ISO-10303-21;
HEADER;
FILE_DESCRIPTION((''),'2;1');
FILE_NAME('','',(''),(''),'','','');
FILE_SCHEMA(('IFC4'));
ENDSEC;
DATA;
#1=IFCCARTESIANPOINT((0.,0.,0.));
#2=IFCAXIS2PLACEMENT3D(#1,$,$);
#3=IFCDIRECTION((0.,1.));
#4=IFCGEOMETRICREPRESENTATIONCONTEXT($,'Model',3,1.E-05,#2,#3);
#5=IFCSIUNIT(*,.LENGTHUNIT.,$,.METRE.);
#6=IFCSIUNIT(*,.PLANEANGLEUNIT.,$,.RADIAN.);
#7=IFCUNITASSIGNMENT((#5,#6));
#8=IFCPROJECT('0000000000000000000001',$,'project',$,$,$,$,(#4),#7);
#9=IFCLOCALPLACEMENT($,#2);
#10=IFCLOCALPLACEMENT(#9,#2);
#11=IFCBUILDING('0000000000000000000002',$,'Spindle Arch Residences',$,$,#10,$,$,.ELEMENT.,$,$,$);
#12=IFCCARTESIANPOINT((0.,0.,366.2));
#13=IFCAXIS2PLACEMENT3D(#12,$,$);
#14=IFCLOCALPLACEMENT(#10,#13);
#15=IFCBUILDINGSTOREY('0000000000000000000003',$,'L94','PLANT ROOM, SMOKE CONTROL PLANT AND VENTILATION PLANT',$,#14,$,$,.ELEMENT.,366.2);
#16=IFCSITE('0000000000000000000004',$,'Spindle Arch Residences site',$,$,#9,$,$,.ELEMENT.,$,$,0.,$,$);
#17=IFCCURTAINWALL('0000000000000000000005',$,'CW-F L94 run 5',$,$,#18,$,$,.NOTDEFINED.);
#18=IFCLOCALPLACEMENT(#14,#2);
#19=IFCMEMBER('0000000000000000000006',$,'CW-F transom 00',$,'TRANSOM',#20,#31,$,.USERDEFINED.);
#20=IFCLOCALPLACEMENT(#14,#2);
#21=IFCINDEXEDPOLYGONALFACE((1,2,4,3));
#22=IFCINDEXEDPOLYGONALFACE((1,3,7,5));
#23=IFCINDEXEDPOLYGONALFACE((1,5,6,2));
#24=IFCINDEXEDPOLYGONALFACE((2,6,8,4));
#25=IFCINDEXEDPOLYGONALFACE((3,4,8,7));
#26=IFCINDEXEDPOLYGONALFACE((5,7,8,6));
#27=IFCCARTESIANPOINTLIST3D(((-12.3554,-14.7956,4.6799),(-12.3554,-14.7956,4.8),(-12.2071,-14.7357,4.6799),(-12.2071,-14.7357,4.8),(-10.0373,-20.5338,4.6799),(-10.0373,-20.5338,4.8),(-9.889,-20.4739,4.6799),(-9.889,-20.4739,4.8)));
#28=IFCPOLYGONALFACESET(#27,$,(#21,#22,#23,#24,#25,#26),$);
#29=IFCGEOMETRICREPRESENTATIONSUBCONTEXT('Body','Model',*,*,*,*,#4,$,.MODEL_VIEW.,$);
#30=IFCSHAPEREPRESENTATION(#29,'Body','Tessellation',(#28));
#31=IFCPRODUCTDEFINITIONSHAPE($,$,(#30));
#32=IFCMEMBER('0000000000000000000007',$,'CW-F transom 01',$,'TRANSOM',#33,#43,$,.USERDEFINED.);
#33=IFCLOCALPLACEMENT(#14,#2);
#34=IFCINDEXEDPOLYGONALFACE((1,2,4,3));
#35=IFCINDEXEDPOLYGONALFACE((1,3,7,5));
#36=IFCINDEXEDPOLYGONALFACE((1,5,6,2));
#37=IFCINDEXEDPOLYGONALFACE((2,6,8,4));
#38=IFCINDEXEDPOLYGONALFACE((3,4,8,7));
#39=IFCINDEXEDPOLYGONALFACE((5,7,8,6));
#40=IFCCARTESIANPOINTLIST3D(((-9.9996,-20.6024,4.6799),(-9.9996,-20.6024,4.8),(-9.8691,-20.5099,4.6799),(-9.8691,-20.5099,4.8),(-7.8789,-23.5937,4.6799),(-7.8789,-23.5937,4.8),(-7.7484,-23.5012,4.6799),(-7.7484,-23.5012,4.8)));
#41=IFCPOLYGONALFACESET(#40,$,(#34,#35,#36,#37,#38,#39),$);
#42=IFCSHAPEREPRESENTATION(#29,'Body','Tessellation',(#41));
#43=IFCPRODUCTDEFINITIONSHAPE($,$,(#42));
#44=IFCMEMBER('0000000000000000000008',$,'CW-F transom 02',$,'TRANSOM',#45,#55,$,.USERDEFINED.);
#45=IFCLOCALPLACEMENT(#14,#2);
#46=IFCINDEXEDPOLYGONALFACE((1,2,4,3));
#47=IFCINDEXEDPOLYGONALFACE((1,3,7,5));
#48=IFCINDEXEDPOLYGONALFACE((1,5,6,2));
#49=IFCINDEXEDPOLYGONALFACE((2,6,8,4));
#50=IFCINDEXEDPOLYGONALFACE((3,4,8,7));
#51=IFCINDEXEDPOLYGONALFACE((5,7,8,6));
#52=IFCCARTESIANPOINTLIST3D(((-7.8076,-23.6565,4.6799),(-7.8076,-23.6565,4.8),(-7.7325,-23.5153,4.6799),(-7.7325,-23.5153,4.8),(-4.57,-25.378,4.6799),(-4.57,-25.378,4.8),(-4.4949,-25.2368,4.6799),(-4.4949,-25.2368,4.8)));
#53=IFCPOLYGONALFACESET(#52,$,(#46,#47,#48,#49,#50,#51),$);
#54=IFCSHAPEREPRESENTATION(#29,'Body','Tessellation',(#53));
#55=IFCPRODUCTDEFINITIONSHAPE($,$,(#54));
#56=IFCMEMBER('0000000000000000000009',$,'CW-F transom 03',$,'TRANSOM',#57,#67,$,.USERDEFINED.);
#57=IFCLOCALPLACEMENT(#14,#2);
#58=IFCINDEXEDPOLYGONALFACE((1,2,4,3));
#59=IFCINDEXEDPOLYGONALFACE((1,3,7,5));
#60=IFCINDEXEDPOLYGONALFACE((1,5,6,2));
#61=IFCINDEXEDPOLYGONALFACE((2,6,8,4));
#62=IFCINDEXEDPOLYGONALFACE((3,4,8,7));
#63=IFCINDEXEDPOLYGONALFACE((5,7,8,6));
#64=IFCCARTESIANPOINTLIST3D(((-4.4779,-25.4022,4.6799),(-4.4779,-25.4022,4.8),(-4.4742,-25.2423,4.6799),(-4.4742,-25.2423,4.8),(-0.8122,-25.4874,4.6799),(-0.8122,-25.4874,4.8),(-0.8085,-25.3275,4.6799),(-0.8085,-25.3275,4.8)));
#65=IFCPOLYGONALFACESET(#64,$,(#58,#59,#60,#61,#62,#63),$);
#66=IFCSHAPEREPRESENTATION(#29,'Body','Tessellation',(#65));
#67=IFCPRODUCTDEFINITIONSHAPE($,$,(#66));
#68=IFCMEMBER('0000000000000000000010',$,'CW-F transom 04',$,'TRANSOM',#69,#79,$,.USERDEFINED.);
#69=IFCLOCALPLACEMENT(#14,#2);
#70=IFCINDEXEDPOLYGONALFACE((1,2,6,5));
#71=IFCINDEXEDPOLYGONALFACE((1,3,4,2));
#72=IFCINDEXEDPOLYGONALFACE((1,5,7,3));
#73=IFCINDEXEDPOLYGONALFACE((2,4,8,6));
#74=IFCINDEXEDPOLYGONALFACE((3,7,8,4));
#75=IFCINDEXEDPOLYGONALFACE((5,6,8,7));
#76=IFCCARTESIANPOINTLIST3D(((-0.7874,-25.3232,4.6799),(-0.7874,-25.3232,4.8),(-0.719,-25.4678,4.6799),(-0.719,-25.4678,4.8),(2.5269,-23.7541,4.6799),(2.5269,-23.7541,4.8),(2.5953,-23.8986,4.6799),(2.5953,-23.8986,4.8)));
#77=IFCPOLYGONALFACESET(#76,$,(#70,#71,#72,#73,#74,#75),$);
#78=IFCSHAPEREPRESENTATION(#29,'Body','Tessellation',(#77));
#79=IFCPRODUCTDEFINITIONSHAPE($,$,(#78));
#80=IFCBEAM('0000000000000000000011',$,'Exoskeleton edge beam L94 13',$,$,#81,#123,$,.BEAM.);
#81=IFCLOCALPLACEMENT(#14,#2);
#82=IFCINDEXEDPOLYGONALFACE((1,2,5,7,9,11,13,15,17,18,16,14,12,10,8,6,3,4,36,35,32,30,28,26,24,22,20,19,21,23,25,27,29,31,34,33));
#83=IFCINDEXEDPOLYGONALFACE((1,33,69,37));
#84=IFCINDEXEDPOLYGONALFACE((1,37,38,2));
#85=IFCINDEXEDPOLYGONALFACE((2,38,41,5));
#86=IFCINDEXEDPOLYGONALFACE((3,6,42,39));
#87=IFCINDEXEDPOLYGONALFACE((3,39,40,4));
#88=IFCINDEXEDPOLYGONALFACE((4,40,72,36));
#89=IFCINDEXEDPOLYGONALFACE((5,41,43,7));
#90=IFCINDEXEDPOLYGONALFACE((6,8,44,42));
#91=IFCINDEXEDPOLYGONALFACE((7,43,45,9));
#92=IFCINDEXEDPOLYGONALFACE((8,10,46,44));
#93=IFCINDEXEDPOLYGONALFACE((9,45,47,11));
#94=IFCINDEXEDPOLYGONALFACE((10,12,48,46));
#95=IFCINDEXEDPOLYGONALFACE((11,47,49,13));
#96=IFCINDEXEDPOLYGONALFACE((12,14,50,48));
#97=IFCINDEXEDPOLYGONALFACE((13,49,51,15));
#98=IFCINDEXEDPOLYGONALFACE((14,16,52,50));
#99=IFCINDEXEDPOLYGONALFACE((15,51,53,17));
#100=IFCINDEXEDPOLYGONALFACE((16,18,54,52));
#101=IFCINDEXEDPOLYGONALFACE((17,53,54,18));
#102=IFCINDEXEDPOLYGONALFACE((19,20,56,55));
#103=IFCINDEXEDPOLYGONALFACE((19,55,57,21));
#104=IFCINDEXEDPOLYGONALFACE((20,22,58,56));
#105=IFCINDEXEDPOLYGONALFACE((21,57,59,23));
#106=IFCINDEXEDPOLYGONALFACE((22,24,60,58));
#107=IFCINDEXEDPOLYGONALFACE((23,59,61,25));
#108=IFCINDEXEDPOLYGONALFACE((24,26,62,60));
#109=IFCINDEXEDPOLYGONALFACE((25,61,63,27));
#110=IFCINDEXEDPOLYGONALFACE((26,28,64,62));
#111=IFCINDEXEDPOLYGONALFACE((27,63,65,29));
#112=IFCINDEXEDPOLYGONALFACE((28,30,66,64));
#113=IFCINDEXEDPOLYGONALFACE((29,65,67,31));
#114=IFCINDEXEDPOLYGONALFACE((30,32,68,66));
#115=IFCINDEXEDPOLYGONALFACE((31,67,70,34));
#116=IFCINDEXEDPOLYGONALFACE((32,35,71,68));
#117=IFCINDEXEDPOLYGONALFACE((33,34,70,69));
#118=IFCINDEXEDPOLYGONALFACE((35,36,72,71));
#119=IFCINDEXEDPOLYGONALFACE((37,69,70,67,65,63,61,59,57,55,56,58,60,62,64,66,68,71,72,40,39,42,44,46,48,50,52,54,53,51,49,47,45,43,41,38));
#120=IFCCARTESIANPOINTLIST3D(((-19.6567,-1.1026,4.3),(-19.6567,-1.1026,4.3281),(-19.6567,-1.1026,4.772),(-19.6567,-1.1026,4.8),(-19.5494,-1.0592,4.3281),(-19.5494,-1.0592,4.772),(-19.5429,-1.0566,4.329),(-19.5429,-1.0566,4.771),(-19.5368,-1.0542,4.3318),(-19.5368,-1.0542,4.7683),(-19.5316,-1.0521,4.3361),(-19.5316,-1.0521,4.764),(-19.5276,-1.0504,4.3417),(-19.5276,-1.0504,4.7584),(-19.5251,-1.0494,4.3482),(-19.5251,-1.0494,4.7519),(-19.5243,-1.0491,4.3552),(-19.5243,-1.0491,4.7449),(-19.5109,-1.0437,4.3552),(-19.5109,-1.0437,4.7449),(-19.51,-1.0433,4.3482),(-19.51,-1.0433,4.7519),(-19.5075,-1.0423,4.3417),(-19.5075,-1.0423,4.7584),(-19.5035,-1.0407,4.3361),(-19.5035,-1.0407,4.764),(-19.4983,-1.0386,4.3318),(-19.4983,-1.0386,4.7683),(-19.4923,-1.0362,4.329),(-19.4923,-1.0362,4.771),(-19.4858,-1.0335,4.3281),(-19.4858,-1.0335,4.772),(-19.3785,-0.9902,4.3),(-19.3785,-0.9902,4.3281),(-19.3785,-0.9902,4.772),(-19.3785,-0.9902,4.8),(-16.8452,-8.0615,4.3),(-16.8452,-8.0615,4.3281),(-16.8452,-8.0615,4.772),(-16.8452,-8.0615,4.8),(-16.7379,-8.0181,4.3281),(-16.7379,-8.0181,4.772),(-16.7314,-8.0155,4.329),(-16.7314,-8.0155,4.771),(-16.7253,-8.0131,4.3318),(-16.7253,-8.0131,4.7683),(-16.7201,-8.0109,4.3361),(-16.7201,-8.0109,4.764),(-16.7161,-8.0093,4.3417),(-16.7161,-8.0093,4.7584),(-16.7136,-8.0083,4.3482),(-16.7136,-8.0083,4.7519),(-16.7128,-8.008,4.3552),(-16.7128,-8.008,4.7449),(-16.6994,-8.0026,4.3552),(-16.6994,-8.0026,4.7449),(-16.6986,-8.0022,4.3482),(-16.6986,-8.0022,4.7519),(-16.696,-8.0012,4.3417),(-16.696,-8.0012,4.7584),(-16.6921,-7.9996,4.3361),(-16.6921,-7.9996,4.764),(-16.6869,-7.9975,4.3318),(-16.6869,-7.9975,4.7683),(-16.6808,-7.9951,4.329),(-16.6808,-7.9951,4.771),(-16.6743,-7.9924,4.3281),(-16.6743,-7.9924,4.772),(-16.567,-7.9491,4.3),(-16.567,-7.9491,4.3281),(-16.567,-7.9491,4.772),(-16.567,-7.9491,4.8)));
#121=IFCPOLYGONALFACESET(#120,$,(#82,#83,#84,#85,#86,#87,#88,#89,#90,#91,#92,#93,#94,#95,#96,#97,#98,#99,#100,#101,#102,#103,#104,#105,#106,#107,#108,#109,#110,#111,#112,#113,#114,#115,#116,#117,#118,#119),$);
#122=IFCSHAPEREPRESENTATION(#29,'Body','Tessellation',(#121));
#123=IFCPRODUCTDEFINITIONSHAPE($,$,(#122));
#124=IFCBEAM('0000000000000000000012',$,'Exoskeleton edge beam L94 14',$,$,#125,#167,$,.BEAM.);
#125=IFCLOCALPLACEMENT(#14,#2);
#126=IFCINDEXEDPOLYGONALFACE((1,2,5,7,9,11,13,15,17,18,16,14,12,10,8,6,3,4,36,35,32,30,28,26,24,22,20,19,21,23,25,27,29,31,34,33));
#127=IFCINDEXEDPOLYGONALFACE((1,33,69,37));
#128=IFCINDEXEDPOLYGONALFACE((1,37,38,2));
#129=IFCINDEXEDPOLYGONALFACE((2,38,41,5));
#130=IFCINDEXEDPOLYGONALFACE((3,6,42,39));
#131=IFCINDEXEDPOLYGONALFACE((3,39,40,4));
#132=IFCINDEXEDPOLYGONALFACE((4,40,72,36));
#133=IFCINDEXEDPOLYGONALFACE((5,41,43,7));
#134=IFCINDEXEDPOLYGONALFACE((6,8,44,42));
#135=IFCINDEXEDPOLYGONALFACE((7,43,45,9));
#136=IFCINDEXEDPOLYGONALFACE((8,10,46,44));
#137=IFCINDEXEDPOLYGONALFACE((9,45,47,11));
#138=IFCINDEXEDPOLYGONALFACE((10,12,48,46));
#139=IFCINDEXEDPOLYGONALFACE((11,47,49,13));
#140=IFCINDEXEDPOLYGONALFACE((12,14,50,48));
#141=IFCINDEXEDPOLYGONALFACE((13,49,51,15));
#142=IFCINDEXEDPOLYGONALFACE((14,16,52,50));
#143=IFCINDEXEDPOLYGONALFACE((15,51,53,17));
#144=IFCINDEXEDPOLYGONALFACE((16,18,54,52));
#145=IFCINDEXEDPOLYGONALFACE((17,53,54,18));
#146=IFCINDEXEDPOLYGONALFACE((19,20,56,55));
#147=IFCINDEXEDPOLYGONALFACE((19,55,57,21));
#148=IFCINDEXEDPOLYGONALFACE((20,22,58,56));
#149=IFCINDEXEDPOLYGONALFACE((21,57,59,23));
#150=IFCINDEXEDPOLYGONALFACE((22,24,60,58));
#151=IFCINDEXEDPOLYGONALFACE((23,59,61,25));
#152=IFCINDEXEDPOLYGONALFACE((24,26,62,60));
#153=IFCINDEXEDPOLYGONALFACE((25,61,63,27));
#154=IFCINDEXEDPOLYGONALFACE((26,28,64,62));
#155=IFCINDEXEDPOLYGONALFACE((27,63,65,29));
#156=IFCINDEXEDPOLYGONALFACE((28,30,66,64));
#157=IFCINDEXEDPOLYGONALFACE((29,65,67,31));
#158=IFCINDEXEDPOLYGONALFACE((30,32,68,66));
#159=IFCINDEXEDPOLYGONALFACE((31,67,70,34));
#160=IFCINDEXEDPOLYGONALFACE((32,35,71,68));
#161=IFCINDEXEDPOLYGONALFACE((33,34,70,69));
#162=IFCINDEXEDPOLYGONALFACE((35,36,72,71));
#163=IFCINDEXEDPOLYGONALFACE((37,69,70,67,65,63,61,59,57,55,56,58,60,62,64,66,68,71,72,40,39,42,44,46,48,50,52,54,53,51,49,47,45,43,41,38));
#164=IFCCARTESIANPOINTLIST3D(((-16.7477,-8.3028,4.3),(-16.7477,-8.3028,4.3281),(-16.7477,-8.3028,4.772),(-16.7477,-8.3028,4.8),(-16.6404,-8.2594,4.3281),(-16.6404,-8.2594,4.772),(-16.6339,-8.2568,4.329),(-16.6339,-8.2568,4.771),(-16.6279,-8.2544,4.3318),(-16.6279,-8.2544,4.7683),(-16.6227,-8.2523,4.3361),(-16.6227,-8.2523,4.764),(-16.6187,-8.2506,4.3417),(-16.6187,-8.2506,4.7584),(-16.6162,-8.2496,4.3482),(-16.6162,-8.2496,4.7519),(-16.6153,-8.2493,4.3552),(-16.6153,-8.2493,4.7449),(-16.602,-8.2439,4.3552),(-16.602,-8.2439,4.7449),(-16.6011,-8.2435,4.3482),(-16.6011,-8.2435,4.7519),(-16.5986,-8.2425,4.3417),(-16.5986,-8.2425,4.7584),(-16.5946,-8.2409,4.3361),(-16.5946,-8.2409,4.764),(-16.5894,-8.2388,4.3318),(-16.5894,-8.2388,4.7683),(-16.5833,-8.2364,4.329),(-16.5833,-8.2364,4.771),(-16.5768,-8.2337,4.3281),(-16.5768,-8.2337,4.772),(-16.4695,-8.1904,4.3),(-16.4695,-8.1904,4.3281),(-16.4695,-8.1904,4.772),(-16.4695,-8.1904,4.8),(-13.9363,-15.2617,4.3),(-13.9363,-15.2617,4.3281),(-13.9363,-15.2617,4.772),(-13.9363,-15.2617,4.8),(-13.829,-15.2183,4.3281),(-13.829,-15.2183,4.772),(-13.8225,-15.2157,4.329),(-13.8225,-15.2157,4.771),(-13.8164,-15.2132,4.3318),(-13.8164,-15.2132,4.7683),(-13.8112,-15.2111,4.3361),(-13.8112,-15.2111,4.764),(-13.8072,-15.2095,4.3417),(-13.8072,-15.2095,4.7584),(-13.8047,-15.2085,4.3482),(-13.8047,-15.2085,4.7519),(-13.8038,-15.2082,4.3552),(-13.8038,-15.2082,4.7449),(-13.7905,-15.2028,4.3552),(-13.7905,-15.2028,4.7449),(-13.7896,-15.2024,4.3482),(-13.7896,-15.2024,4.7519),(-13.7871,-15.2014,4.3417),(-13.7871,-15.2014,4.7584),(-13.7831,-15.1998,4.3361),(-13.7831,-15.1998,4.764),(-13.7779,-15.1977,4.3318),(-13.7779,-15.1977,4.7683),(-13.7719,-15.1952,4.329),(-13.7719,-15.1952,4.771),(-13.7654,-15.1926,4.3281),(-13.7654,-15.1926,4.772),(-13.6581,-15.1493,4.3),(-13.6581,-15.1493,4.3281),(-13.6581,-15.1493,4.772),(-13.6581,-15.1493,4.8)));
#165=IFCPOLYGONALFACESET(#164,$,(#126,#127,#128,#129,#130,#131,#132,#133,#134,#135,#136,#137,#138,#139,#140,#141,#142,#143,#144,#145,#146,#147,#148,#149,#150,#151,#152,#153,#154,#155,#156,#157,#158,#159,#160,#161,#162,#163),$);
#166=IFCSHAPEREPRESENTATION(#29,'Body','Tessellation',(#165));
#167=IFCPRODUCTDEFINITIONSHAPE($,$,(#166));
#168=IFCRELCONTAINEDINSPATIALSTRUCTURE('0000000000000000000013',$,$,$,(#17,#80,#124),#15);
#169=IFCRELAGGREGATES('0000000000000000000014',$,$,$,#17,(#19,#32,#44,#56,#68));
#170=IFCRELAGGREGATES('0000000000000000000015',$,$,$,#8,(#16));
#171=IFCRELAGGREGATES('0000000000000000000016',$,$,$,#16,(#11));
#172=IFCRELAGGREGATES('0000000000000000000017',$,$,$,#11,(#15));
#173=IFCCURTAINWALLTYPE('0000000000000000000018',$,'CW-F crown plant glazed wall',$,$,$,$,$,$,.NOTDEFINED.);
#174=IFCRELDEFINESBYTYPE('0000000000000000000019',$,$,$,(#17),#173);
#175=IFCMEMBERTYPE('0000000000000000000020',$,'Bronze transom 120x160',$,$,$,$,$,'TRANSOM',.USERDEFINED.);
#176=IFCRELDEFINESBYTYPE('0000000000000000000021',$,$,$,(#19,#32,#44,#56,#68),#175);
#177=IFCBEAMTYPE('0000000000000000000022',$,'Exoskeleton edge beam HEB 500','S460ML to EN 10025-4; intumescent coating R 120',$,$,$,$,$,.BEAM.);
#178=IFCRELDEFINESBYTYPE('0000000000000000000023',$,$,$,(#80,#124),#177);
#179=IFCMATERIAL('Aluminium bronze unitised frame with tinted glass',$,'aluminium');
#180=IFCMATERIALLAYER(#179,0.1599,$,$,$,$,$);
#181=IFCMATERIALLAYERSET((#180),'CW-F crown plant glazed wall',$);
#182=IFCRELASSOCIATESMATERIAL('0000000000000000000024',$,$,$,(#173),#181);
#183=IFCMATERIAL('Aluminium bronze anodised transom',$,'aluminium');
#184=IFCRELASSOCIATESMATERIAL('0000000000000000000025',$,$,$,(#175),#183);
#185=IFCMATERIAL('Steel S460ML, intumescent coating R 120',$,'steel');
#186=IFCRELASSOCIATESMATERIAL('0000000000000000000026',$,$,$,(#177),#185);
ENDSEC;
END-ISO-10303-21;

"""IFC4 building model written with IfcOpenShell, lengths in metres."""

from ifc_helpers import new_model, si_unit, direction, frame, origin, origin_2d, place, context, subcontext, project, spatial, rectangle, i_section, extrude, material, layer, layer_set, material_profile, profile_set, type_object, element, aggregate, save


model = new_model("IFC4")

# Units and contexts
model_context = context("Model", 3, precision=1e-05, world=origin(), true_north=direction((0.0, 1.0)))
body_context = subcontext(model_context, "Body", "Model", "MODEL_VIEW")
ifc_project = project(units=[si_unit("LENGTHUNIT", "METRE"), si_unit("PLANEANGLEUNIT", "RADIAN")], contexts=[model_context])

# Site, building, storey
site_placement = place(None, origin())
site = spatial("IfcSite", under=ifc_project, at=site_placement, Name="Spindle Arch Residences site", CompositionType="ELEMENT", RefElevation=0.0)
building_placement = place(site_placement, origin())
building = spatial("IfcBuilding", under=site, at=building_placement, Name="Spindle Arch Residences", CompositionType="ELEMENT")
storey_placement = place(building_placement, frame((0.0, 0.0, 366.2)))
storey = spatial("IfcBuildingStorey", under=building, at=storey_placement, Name="L94", Description="PLANT ROOM, SMOKE CONTROL PLANT AND VENTILATION PLANT", CompositionType="ELEMENT", Elevation=366.2)

# Curtain wall, members
ifc_material_1 = material(Name="Aluminium bronze unitised frame with tinted glass", Category="aluminium")
ifc_layer_1 = layer(ifc_material_1, 0.1599)
ifc_layer_set_1 = layer_set([ifc_layer_1], Name="CW-F crown plant glazed wall")
curtain_wall_type = type_object("IfcCurtainWallType", Name="CW-F crown plant glazed wall", PredefinedType="NOTDEFINED", material=ifc_layer_set_1)
curtain_wall_placement = place(storey_placement, origin())
curtain_wall = element("IfcCurtainWall", 1, at=curtain_wall_placement, inside=storey, type_object=curtain_wall_type, Name="CW-F L94 run 5", PredefinedType="NOTDEFINED")
ifc_material_2 = material(Name="Aluminium bronze anodised transom", Category="aluminium")
ifc_material_profile_1 = material_profile(ifc_material_2, rectangle(XDim=0.1599, YDim=0.1201, at=origin_2d()), Name="TR 120x160")
ifc_profile_set_1 = profile_set([ifc_material_profile_1], Name="Aluminium bronze anodised transom")
member_type = type_object("IfcMemberType", Name="Bronze transom 120x160", ElementType="TRANSOM", PredefinedType="USERDEFINED", material=ifc_profile_set_1)
member_1_placement = place(storey_placement, frame((-12.2812, -14.7656, 4.74), z_axis=(0.374565, -0.927201, 0.0), x_axis=(0.927201, 0.374565, 0.0)))
member_1 = element("IfcMember", 2, at=member_1_placement, type_object=member_type, Name="CW-F transom 00", ObjectType="TRANSOM", PredefinedType="USERDEFINED", context=body_context, shape_type="SweptSolid", body=[
    extrude(rectangle(XDim=0.1599, YDim=0.1201, at=origin_2d()), origin(), (0.0, 0.0, 1.0), 6.1887),
])
member_2_placement = place(storey_placement, frame((-9.9343, -20.5562, 4.74), z_axis=(0.57835, -0.815789, 0.0), x_axis=(0.815789, 0.57835, 0.0)))
member_2 = element("IfcMember", 3, at=member_2_placement, type_object=member_type, Name="CW-F transom 01", ObjectType="TRANSOM", PredefinedType="USERDEFINED", context=body_context, shape_type="SweptSolid", body=[
    extrude(rectangle(XDim=0.1599, YDim=0.1201, at=origin_2d()), origin(), (0.0, 0.0, 1.0), 3.6667),
])
member_3_placement = place(storey_placement, frame((-7.77, -23.5859, 4.74), z_axis=(0.882948, -0.469472, 0.0), x_axis=(0.469472, 0.882948, 0.0)))
member_3 = element("IfcMember", 4, at=member_3_placement, type_object=member_type, Name="CW-F transom 02", ObjectType="TRANSOM", PredefinedType="USERDEFINED", context=body_context, shape_type="SweptSolid", body=[
    extrude(rectangle(XDim=0.1599, YDim=0.1201, at=origin_2d()), origin(), (0.0, 0.0, 1.0), 3.6667),
])
member_4_placement = place(storey_placement, frame((-4.4761, -25.3223, 4.74), z_axis=(0.99973, -0.023237, 0.0), x_axis=(0.023237, 0.99973, 0.0)))
member_4 = element("IfcMember", 5, at=member_4_placement, type_object=member_type, Name="CW-F transom 03", ObjectType="TRANSOM", PredefinedType="USERDEFINED", context=body_context, shape_type="SweptSolid", body=[
    extrude(rectangle(XDim=0.1599, YDim=0.1201, at=origin_2d()), origin(), (0.0, 0.0, 1.0), 3.6667),
])
member_5_placement = place(storey_placement, frame((-0.7532, -25.3955, 4.74), z_axis=(0.903822, 0.427909, 0.0), x_axis=(-0.427909, 0.903822, 0.0)))
member_5 = element("IfcMember", 6, at=member_5_placement, type_object=member_type, Name="CW-F transom 04", ObjectType="TRANSOM", PredefinedType="USERDEFINED", context=body_context, shape_type="SweptSolid", body=[
    extrude(rectangle(XDim=0.1599, YDim=0.1201, at=origin_2d()), origin(), (0.0, 0.0, 1.0), 3.667),
])
aggregate(curtain_wall, [member_1, member_2, member_3, member_4, member_5])

# Beams
ifc_material_3 = material(Name="Steel S460ML, intumescent coating R 120", Category="steel")
ifc_material_profile_2 = material_profile(ifc_material_3, i_section(OverallWidth=0.3, OverallDepth=0.5, WebThickness=0.0144, FlangeThickness=0.0281, FilletRadius=0.0271, at=origin_2d()), Name="HEB 500")
ifc_profile_set_2 = profile_set([ifc_material_profile_2], Name="Steel S460ML, intumescent coating R 120")
beam_type = type_object("IfcBeamType", Name="Exoskeleton edge beam HEB 500", Description="S460ML to EN 10025-4; intumescent coating R 120", PredefinedType="BEAM", material=ifc_profile_set_2)
for number, where, z_axis, x_axis, name in (
    (7, (-19.5176, -1.0464, 4.55), (0.374596, -0.927188, 0.0), (0.927188, 0.374596, 0.0), "Exoskeleton edge beam L94 13"),
    (8, (-16.6086, -8.2466, 4.55), (0.374596, -0.927188, 0.0), (0.927188, 0.374596, 0.0), "Exoskeleton edge beam L94 14"),
):
    element("IfcBeam", number, at=place(storey_placement, frame(where, z_axis=z_axis, x_axis=x_axis)), inside=storey, type_object=beam_type, Name=name, PredefinedType="BEAM", context=body_context, shape_type="SweptSolid", body=[
        extrude(i_section(OverallWidth=0.3, OverallDepth=0.5, WebThickness=0.0144, FlangeThickness=0.0281, FilletRadius=0.0271, at=origin_2d()), origin(), (0.0, 0.0, 1.0), 7.5054),
    ])

save(model, "model.ifc")
